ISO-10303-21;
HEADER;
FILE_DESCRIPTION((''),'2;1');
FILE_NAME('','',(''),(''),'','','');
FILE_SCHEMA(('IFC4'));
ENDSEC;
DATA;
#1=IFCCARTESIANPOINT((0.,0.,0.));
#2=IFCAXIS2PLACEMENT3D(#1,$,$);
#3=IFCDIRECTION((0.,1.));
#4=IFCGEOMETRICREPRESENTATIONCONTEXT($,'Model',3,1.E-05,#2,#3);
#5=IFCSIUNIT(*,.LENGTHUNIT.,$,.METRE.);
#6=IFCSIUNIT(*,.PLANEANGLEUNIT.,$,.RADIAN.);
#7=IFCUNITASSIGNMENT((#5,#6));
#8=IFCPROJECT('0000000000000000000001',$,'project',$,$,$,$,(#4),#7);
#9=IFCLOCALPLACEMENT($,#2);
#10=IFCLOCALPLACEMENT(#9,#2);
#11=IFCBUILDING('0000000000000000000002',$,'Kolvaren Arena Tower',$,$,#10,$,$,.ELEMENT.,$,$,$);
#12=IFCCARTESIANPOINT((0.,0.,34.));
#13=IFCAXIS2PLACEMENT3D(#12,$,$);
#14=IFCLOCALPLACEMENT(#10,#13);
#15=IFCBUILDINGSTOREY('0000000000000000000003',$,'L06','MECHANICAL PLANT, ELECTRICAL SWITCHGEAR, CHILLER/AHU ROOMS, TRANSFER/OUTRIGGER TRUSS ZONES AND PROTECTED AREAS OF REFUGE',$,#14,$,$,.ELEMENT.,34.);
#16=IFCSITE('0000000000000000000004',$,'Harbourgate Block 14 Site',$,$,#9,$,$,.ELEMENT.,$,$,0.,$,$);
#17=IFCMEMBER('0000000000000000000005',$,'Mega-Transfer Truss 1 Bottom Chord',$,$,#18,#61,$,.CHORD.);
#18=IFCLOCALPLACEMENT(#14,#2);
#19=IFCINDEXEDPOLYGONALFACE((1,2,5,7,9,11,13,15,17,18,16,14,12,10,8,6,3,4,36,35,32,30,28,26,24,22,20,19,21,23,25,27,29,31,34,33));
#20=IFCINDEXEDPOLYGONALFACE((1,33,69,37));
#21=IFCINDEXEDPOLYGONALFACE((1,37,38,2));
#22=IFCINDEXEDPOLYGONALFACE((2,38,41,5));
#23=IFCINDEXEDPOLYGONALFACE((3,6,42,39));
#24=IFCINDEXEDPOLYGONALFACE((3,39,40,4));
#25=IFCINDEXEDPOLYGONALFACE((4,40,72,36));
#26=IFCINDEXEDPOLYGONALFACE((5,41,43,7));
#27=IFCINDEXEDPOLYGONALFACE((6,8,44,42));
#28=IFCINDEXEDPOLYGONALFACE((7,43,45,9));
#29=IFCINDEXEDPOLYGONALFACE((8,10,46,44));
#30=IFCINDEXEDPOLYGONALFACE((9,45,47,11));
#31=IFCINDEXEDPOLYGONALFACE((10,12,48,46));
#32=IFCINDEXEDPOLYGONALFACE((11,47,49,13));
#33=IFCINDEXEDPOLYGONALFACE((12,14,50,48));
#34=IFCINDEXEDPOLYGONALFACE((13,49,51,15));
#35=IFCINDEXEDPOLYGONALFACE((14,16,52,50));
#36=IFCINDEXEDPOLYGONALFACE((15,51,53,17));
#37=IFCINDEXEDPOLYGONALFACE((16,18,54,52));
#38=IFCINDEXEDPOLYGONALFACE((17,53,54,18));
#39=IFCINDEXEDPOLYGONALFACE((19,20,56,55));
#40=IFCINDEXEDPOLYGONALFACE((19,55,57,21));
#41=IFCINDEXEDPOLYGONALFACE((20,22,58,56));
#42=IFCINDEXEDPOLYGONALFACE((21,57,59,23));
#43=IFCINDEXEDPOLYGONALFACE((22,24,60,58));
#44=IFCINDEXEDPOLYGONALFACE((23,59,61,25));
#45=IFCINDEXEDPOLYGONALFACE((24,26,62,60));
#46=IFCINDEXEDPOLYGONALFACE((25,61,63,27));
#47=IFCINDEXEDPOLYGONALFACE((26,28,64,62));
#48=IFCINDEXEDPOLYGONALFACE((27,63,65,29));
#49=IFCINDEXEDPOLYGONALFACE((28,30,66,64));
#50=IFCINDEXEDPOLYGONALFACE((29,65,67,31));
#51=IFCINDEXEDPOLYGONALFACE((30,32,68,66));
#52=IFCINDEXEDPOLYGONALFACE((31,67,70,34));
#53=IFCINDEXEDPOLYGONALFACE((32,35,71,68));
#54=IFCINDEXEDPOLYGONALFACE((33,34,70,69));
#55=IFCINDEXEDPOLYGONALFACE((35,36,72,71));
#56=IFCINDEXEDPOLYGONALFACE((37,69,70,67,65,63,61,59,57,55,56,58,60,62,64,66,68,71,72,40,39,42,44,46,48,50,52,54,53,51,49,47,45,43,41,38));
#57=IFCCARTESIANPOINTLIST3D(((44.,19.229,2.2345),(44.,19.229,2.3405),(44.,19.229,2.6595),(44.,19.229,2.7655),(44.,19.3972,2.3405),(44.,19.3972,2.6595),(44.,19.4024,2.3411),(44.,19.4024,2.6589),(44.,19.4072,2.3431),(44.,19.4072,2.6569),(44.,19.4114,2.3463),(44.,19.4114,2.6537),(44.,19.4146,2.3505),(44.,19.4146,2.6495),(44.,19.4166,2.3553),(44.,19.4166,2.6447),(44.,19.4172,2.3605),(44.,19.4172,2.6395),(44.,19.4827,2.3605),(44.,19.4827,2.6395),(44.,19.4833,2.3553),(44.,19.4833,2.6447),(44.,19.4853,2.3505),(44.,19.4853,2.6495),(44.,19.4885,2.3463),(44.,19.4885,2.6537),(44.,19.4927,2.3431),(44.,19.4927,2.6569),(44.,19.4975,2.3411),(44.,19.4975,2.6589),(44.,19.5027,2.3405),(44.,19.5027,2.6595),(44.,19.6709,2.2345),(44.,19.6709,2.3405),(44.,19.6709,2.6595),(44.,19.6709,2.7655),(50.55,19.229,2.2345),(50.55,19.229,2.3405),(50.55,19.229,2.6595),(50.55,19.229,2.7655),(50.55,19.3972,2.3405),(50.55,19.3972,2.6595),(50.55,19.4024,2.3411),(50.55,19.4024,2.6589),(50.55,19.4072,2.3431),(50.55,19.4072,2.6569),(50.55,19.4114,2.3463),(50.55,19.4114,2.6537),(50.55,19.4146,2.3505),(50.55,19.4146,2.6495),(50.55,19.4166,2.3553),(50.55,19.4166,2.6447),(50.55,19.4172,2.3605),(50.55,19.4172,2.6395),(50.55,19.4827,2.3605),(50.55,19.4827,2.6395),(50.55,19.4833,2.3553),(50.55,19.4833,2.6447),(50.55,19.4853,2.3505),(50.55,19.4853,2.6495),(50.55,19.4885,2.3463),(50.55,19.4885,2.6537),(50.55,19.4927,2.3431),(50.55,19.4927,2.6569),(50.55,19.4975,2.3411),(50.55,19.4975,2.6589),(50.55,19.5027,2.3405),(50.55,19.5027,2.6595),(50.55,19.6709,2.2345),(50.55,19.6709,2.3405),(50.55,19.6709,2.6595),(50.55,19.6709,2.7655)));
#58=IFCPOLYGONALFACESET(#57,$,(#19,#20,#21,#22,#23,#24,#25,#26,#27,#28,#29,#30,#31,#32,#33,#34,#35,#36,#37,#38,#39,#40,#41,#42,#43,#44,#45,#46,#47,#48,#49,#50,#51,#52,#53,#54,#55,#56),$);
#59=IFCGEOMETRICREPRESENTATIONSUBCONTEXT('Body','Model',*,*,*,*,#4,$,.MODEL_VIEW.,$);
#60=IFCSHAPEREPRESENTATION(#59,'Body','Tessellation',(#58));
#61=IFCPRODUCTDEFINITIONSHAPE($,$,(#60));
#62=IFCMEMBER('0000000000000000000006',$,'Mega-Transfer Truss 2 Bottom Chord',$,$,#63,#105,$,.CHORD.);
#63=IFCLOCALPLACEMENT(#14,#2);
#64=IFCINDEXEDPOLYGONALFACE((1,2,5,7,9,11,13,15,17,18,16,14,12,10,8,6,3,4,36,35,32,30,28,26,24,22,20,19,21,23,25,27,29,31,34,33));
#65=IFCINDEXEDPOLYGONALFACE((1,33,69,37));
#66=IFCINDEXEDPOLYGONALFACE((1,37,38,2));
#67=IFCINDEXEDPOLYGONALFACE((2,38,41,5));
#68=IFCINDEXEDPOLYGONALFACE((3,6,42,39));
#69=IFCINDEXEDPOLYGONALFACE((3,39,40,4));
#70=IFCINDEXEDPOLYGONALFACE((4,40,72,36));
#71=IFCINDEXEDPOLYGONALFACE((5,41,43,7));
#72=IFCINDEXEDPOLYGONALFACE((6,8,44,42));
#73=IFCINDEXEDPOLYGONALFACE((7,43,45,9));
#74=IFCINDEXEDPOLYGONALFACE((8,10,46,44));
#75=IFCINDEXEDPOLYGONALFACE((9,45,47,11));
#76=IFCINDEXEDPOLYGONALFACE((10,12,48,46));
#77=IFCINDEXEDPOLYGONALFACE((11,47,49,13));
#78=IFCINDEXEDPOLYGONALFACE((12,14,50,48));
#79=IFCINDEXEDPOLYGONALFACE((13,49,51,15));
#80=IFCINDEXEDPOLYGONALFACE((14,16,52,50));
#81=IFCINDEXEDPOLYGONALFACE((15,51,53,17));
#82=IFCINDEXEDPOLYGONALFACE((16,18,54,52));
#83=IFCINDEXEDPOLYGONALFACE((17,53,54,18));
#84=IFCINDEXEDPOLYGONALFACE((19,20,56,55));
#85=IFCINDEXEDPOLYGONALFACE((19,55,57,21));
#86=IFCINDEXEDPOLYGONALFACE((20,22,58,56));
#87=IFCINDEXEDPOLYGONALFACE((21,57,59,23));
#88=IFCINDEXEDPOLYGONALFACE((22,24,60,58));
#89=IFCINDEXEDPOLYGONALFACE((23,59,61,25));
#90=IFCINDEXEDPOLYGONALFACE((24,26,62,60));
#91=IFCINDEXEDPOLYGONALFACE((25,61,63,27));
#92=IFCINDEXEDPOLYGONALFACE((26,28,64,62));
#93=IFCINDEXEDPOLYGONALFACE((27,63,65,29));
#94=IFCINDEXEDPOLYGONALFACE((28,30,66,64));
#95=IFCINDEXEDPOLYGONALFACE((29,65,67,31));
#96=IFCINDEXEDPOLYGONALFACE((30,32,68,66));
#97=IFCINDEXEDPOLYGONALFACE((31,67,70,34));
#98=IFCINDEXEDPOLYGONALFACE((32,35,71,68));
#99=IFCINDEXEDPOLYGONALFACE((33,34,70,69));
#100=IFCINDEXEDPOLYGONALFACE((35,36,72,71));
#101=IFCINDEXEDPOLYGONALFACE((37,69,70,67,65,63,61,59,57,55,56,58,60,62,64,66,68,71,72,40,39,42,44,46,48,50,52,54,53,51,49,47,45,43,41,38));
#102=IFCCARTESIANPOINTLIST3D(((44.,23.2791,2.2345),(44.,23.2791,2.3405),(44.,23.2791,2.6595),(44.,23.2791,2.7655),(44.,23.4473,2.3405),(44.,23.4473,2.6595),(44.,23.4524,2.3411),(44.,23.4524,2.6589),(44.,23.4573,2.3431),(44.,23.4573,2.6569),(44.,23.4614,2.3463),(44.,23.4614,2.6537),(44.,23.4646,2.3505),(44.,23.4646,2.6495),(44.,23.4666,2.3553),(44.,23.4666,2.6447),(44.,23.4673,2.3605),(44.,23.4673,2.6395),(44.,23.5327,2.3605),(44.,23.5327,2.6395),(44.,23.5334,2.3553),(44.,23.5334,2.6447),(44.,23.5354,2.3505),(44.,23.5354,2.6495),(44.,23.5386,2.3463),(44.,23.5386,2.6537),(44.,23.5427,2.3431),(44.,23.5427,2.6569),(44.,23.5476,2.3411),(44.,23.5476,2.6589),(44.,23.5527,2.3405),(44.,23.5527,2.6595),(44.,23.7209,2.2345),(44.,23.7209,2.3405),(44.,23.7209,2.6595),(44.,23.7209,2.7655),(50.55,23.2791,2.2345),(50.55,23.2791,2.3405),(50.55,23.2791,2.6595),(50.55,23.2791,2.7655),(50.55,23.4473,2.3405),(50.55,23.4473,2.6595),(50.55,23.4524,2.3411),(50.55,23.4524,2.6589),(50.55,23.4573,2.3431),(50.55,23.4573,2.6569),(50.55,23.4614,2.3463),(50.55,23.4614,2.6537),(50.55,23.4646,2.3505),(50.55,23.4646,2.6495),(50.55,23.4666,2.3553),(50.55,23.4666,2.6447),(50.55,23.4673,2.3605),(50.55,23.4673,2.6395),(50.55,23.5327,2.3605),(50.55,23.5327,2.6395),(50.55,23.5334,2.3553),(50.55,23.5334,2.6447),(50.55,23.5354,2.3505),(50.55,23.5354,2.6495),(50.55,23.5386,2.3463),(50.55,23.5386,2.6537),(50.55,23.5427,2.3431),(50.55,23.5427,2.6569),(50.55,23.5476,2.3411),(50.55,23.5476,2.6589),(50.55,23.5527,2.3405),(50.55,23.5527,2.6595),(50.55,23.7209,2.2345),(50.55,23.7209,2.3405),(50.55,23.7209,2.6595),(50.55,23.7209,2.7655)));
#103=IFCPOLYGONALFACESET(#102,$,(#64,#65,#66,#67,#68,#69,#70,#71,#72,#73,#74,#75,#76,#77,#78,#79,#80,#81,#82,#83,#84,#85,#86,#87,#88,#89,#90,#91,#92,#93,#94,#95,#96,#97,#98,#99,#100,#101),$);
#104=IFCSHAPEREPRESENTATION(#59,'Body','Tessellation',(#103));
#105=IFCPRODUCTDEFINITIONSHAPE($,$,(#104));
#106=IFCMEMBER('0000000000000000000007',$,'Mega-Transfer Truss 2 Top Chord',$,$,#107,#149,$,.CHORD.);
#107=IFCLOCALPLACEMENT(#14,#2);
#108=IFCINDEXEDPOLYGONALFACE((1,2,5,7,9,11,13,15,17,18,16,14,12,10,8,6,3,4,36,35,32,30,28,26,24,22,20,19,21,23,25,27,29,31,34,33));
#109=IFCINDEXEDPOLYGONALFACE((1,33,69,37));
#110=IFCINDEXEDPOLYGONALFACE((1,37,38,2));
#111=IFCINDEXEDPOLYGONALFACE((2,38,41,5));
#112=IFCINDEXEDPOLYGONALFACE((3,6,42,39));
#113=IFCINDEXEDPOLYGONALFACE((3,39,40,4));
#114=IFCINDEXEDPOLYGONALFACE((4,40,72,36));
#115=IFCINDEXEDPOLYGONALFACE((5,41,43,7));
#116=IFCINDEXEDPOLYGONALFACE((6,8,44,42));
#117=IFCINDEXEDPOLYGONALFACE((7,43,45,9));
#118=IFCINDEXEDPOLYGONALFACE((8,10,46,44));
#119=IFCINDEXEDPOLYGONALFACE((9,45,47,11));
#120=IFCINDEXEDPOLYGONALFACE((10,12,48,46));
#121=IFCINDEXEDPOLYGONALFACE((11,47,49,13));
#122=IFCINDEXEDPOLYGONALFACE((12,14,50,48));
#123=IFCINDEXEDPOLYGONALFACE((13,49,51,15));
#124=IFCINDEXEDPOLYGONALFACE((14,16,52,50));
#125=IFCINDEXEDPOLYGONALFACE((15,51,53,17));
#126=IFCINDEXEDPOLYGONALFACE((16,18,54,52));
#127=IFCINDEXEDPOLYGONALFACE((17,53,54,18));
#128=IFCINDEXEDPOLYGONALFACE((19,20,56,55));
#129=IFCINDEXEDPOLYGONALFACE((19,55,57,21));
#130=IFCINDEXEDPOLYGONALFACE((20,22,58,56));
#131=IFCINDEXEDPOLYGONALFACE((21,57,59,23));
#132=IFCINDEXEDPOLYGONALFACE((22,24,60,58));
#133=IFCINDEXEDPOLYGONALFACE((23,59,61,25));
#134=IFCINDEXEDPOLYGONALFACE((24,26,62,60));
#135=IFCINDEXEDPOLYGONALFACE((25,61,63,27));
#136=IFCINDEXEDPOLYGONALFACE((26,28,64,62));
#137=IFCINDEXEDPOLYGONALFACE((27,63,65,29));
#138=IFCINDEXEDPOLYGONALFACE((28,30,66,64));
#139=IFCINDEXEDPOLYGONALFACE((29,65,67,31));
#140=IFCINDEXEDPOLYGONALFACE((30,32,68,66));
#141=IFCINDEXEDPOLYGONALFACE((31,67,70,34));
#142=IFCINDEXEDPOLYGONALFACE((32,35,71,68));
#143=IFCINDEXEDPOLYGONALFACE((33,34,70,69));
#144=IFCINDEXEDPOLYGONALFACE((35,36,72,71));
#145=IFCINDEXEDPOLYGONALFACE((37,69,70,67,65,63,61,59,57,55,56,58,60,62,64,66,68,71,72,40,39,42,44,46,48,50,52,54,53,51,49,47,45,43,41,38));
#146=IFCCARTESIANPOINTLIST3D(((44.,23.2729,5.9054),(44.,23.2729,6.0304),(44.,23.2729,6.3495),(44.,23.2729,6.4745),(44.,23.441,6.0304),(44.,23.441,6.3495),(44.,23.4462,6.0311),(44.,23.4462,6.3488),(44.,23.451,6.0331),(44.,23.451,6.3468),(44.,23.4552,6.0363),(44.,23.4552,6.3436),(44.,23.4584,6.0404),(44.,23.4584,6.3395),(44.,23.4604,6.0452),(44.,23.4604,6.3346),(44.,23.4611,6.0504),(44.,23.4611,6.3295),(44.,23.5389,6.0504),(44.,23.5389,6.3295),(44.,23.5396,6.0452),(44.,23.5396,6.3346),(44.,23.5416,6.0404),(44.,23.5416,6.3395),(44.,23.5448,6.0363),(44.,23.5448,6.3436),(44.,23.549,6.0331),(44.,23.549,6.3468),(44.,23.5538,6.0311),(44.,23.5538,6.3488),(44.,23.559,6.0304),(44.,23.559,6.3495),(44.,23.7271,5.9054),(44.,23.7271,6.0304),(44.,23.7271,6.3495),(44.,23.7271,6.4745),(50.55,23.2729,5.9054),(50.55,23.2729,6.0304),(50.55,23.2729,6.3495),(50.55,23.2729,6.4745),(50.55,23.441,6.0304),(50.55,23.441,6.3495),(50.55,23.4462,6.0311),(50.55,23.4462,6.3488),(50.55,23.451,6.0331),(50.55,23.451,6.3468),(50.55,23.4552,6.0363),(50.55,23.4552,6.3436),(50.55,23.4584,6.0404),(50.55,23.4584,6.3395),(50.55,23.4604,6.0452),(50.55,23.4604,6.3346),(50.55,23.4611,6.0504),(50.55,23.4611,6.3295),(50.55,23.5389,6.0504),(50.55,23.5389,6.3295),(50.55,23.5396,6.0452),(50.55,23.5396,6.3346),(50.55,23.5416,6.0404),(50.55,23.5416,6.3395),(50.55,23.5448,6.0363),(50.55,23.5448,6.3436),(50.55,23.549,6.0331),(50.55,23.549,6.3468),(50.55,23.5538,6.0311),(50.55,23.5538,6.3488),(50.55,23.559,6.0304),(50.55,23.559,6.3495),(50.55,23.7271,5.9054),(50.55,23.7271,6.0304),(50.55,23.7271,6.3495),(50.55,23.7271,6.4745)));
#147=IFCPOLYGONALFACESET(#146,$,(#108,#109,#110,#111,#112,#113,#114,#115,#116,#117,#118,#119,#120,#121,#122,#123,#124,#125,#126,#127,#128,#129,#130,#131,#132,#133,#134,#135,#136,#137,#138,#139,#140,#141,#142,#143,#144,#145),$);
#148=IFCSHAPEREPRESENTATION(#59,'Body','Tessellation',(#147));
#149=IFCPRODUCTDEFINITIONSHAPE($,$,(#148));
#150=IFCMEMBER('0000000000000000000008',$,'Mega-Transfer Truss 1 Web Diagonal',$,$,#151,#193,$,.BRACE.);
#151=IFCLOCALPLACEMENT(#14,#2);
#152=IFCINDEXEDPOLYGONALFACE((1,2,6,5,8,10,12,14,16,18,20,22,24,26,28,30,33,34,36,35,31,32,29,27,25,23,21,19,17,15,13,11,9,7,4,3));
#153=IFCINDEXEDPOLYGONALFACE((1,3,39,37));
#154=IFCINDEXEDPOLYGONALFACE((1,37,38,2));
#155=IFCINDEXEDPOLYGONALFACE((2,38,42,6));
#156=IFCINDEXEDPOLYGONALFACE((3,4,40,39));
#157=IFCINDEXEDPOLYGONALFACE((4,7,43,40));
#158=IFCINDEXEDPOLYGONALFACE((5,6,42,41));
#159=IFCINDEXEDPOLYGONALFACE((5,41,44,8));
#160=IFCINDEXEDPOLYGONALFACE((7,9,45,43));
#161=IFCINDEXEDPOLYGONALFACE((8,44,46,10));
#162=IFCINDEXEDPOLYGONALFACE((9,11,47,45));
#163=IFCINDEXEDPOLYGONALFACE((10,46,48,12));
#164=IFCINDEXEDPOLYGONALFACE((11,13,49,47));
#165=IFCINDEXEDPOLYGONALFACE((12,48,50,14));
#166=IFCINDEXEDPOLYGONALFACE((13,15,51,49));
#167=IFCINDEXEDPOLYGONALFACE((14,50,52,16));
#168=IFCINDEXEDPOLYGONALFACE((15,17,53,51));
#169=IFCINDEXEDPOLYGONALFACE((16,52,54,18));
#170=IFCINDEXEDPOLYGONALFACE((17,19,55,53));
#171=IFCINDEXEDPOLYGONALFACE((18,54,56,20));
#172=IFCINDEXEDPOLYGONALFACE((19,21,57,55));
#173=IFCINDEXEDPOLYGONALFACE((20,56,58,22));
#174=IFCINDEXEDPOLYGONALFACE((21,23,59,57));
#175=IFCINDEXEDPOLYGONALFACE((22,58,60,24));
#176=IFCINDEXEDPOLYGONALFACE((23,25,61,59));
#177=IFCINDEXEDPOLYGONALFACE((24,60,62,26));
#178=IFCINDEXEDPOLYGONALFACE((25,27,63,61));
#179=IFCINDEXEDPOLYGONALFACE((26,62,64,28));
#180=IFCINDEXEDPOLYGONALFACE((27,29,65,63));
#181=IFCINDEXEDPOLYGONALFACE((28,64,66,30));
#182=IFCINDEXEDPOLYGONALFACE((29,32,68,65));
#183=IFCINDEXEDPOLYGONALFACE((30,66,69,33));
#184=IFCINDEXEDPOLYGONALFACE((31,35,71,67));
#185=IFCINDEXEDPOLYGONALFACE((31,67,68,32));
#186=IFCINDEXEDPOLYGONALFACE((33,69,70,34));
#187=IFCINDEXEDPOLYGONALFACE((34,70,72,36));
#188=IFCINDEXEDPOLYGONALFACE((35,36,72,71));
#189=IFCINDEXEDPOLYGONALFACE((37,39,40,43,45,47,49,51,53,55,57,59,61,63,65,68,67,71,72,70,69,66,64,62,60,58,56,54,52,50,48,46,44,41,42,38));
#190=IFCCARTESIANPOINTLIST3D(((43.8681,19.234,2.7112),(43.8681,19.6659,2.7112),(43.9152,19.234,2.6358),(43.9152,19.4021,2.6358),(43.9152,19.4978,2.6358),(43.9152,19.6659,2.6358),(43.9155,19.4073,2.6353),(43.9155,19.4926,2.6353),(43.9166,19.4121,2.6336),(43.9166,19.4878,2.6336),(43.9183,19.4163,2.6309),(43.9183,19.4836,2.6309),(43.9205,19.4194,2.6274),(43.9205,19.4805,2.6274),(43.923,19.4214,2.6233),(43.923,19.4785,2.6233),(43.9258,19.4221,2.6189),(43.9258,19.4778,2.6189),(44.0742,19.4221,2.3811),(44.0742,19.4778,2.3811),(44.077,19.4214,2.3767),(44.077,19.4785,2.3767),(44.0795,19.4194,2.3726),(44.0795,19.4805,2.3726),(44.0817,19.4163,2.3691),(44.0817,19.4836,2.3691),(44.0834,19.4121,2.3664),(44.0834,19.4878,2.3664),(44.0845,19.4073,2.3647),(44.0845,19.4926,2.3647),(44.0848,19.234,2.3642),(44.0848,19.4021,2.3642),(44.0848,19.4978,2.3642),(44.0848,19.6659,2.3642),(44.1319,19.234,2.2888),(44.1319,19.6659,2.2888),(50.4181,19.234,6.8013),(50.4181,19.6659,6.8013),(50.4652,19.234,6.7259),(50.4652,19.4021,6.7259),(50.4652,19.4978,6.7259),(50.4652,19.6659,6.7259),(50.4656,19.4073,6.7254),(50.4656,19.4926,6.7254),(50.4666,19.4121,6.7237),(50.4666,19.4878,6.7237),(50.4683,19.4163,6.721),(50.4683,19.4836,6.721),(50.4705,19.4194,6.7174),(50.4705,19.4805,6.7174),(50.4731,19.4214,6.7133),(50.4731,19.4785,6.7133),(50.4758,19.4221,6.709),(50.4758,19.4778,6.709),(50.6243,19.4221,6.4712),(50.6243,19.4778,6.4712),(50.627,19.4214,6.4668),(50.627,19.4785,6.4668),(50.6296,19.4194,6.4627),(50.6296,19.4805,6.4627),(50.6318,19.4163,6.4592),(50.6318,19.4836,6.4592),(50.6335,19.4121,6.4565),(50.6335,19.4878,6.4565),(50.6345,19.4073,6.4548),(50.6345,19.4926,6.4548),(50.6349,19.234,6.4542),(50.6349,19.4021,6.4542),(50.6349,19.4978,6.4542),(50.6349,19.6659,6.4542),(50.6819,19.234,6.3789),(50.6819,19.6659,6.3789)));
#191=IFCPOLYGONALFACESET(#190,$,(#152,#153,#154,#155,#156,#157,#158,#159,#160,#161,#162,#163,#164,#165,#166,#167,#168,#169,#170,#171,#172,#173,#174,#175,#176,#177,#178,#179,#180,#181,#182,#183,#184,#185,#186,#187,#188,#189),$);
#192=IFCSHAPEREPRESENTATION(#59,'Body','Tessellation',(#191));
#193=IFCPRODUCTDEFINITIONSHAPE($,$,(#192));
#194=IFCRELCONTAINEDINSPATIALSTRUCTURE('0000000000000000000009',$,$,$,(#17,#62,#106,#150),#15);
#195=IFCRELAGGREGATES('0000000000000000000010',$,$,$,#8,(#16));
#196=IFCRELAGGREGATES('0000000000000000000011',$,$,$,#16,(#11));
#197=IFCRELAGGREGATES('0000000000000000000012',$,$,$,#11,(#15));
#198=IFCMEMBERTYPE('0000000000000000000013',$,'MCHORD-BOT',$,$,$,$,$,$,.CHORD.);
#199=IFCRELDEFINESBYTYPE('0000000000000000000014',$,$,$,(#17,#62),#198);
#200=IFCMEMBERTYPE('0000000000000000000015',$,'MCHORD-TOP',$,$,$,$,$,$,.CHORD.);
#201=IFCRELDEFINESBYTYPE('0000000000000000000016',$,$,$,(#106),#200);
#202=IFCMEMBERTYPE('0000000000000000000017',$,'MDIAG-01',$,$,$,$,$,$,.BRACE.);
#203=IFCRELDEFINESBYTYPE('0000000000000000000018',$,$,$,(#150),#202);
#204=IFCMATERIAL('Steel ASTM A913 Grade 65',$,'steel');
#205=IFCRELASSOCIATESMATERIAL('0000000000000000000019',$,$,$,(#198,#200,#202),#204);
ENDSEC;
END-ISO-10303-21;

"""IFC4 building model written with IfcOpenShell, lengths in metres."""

from ifc_helpers import new_model, si_unit, direction, frame, origin, origin_2d, place, context, subcontext, project, spatial, i_section, extrude, material, material_profile, profile_set, type_object, element, save


model = new_model("IFC4")

# Units and contexts
model_context = context("Model", 3, precision=1e-05, world=origin(), true_north=direction((0.0, 1.0)))
body_context = subcontext(model_context, "Body", "Model", "MODEL_VIEW")
ifc_project = project(units=[si_unit("LENGTHUNIT", "METRE"), si_unit("PLANEANGLEUNIT", "RADIAN")], contexts=[model_context])

# Site, building, storey
site_placement = place(None, origin())
site = spatial("IfcSite", under=ifc_project, at=site_placement, Name="Harbourgate Block 14 Site", CompositionType="ELEMENT", RefElevation=0.0)
building_placement = place(site_placement, origin())
building = spatial("IfcBuilding", under=site, at=building_placement, Name="Kolvaren Arena Tower", CompositionType="ELEMENT")
storey_placement = place(building_placement, frame((0.0, 0.0, 34.0)))
storey = spatial("IfcBuildingStorey", under=building, at=storey_placement, Name="L06", Description="MECHANICAL PLANT, ELECTRICAL SWITCHGEAR, CHILLER/AHU ROOMS, TRANSFER/OUTRIGGER TRUSS ZONES AND PROTECTED AREAS OF REFUGE", CompositionType="ELEMENT", Elevation=34.0)

# Shared definitions
ifc_material_1 = material(Name="Steel ASTM A913 Grade 65", Category="steel")

# Members
ifc_material_profile_1 = material_profile(ifc_material_1, i_section(OverallWidth=0.4419, OverallDepth=0.531, WebThickness=0.0654, FlangeThickness=0.106, FilletRadius=0.02, at=origin_2d()), Name="W360x900")
ifc_profile_set_1 = profile_set([ifc_material_profile_1], Name="Steel ASTM A913 Grade 65")
member_type_1 = type_object("IfcMemberType", Name="MCHORD-BOT", PredefinedType="CHORD", material=ifc_profile_set_1)
for number, where, z_axis, x_axis, name in (
    (1, (44.0, 19.45, 2.5), (1.0, 0.0, 0.0), (0.0, 1.0, 0.0), "Mega-Transfer Truss 1 Bottom Chord"),
    (2, (44.0, 23.5, 2.5), (1.0, 0.0, 0.0), (0.0, 1.0, 0.0), "Mega-Transfer Truss 2 Bottom Chord"),
):
    element("IfcMember", number, at=place(storey_placement, frame(where, z_axis=z_axis, x_axis=x_axis)), inside=storey, type_object=member_type_1, Name=name, PredefinedType="CHORD", context=body_context, shape_type="SweptSolid", body=[
        extrude(i_section(OverallWidth=0.4419, OverallDepth=0.531, WebThickness=0.0654, FlangeThickness=0.106, FilletRadius=0.02, at=origin_2d()), origin(), (0.0, 0.0, 1.0), 6.55),
    ])
ifc_material_profile_2 = material_profile(ifc_material_1, i_section(OverallWidth=0.4541, OverallDepth=0.5691, WebThickness=0.0779, FlangeThickness=0.125, FilletRadius=0.02, at=origin_2d()), Name="W360x1086")
ifc_profile_set_2 = profile_set([ifc_material_profile_2], Name="Steel ASTM A913 Grade 65")
member_type_2 = type_object("IfcMemberType", Name="MCHORD-TOP", PredefinedType="CHORD", material=ifc_profile_set_2)
member_1_placement = place(storey_placement, frame((44.0, 23.5, 6.1899), z_axis=(1.0, 0.0, 0.0), x_axis=(0.0, 1.0, 0.0)))
element("IfcMember", 3, at=member_1_placement, inside=storey, type_object=member_type_2, Name="Mega-Transfer Truss 2 Top Chord", PredefinedType="CHORD", context=body_context, shape_type="SweptSolid", body=[
    extrude(i_section(OverallWidth=0.4541, OverallDepth=0.5691, WebThickness=0.0779, FlangeThickness=0.125, FilletRadius=0.02, at=origin_2d()), origin(), (0.0, 0.0, 1.0), 6.55),
])
ifc_material_profile_3 = material_profile(ifc_material_1, i_section(OverallWidth=0.4319, OverallDepth=0.498, WebThickness=0.0557, FlangeThickness=0.0889, FilletRadius=0.02, at=origin_2d()), Name="W360x744")
ifc_profile_set_3 = profile_set([ifc_material_profile_3], Name="Steel ASTM A913 Grade 65")
member_type_3 = type_object("IfcMemberType", Name="MDIAG-01", PredefinedType="BRACE", material=ifc_profile_set_3)
member_2_placement = place(storey_placement, frame((44.0, 19.45, 2.5), z_axis=(0.848213, 0.0, 0.529655), x_axis=(0.0, 1.0, 0.0)))
element("IfcMember", 4, at=member_2_placement, inside=storey, type_object=member_type_3, Name="Mega-Transfer Truss 1 Web Diagonal", PredefinedType="BRACE", context=body_context, shape_type="SweptSolid", body=[
    extrude(i_section(OverallWidth=0.4319, OverallDepth=0.498, WebThickness=0.0557, FlangeThickness=0.0889, FilletRadius=0.02, at=origin_2d()), origin(), (0.0, 0.0, 1.0), 7.7222),
])

save(model, "model.ifc")
